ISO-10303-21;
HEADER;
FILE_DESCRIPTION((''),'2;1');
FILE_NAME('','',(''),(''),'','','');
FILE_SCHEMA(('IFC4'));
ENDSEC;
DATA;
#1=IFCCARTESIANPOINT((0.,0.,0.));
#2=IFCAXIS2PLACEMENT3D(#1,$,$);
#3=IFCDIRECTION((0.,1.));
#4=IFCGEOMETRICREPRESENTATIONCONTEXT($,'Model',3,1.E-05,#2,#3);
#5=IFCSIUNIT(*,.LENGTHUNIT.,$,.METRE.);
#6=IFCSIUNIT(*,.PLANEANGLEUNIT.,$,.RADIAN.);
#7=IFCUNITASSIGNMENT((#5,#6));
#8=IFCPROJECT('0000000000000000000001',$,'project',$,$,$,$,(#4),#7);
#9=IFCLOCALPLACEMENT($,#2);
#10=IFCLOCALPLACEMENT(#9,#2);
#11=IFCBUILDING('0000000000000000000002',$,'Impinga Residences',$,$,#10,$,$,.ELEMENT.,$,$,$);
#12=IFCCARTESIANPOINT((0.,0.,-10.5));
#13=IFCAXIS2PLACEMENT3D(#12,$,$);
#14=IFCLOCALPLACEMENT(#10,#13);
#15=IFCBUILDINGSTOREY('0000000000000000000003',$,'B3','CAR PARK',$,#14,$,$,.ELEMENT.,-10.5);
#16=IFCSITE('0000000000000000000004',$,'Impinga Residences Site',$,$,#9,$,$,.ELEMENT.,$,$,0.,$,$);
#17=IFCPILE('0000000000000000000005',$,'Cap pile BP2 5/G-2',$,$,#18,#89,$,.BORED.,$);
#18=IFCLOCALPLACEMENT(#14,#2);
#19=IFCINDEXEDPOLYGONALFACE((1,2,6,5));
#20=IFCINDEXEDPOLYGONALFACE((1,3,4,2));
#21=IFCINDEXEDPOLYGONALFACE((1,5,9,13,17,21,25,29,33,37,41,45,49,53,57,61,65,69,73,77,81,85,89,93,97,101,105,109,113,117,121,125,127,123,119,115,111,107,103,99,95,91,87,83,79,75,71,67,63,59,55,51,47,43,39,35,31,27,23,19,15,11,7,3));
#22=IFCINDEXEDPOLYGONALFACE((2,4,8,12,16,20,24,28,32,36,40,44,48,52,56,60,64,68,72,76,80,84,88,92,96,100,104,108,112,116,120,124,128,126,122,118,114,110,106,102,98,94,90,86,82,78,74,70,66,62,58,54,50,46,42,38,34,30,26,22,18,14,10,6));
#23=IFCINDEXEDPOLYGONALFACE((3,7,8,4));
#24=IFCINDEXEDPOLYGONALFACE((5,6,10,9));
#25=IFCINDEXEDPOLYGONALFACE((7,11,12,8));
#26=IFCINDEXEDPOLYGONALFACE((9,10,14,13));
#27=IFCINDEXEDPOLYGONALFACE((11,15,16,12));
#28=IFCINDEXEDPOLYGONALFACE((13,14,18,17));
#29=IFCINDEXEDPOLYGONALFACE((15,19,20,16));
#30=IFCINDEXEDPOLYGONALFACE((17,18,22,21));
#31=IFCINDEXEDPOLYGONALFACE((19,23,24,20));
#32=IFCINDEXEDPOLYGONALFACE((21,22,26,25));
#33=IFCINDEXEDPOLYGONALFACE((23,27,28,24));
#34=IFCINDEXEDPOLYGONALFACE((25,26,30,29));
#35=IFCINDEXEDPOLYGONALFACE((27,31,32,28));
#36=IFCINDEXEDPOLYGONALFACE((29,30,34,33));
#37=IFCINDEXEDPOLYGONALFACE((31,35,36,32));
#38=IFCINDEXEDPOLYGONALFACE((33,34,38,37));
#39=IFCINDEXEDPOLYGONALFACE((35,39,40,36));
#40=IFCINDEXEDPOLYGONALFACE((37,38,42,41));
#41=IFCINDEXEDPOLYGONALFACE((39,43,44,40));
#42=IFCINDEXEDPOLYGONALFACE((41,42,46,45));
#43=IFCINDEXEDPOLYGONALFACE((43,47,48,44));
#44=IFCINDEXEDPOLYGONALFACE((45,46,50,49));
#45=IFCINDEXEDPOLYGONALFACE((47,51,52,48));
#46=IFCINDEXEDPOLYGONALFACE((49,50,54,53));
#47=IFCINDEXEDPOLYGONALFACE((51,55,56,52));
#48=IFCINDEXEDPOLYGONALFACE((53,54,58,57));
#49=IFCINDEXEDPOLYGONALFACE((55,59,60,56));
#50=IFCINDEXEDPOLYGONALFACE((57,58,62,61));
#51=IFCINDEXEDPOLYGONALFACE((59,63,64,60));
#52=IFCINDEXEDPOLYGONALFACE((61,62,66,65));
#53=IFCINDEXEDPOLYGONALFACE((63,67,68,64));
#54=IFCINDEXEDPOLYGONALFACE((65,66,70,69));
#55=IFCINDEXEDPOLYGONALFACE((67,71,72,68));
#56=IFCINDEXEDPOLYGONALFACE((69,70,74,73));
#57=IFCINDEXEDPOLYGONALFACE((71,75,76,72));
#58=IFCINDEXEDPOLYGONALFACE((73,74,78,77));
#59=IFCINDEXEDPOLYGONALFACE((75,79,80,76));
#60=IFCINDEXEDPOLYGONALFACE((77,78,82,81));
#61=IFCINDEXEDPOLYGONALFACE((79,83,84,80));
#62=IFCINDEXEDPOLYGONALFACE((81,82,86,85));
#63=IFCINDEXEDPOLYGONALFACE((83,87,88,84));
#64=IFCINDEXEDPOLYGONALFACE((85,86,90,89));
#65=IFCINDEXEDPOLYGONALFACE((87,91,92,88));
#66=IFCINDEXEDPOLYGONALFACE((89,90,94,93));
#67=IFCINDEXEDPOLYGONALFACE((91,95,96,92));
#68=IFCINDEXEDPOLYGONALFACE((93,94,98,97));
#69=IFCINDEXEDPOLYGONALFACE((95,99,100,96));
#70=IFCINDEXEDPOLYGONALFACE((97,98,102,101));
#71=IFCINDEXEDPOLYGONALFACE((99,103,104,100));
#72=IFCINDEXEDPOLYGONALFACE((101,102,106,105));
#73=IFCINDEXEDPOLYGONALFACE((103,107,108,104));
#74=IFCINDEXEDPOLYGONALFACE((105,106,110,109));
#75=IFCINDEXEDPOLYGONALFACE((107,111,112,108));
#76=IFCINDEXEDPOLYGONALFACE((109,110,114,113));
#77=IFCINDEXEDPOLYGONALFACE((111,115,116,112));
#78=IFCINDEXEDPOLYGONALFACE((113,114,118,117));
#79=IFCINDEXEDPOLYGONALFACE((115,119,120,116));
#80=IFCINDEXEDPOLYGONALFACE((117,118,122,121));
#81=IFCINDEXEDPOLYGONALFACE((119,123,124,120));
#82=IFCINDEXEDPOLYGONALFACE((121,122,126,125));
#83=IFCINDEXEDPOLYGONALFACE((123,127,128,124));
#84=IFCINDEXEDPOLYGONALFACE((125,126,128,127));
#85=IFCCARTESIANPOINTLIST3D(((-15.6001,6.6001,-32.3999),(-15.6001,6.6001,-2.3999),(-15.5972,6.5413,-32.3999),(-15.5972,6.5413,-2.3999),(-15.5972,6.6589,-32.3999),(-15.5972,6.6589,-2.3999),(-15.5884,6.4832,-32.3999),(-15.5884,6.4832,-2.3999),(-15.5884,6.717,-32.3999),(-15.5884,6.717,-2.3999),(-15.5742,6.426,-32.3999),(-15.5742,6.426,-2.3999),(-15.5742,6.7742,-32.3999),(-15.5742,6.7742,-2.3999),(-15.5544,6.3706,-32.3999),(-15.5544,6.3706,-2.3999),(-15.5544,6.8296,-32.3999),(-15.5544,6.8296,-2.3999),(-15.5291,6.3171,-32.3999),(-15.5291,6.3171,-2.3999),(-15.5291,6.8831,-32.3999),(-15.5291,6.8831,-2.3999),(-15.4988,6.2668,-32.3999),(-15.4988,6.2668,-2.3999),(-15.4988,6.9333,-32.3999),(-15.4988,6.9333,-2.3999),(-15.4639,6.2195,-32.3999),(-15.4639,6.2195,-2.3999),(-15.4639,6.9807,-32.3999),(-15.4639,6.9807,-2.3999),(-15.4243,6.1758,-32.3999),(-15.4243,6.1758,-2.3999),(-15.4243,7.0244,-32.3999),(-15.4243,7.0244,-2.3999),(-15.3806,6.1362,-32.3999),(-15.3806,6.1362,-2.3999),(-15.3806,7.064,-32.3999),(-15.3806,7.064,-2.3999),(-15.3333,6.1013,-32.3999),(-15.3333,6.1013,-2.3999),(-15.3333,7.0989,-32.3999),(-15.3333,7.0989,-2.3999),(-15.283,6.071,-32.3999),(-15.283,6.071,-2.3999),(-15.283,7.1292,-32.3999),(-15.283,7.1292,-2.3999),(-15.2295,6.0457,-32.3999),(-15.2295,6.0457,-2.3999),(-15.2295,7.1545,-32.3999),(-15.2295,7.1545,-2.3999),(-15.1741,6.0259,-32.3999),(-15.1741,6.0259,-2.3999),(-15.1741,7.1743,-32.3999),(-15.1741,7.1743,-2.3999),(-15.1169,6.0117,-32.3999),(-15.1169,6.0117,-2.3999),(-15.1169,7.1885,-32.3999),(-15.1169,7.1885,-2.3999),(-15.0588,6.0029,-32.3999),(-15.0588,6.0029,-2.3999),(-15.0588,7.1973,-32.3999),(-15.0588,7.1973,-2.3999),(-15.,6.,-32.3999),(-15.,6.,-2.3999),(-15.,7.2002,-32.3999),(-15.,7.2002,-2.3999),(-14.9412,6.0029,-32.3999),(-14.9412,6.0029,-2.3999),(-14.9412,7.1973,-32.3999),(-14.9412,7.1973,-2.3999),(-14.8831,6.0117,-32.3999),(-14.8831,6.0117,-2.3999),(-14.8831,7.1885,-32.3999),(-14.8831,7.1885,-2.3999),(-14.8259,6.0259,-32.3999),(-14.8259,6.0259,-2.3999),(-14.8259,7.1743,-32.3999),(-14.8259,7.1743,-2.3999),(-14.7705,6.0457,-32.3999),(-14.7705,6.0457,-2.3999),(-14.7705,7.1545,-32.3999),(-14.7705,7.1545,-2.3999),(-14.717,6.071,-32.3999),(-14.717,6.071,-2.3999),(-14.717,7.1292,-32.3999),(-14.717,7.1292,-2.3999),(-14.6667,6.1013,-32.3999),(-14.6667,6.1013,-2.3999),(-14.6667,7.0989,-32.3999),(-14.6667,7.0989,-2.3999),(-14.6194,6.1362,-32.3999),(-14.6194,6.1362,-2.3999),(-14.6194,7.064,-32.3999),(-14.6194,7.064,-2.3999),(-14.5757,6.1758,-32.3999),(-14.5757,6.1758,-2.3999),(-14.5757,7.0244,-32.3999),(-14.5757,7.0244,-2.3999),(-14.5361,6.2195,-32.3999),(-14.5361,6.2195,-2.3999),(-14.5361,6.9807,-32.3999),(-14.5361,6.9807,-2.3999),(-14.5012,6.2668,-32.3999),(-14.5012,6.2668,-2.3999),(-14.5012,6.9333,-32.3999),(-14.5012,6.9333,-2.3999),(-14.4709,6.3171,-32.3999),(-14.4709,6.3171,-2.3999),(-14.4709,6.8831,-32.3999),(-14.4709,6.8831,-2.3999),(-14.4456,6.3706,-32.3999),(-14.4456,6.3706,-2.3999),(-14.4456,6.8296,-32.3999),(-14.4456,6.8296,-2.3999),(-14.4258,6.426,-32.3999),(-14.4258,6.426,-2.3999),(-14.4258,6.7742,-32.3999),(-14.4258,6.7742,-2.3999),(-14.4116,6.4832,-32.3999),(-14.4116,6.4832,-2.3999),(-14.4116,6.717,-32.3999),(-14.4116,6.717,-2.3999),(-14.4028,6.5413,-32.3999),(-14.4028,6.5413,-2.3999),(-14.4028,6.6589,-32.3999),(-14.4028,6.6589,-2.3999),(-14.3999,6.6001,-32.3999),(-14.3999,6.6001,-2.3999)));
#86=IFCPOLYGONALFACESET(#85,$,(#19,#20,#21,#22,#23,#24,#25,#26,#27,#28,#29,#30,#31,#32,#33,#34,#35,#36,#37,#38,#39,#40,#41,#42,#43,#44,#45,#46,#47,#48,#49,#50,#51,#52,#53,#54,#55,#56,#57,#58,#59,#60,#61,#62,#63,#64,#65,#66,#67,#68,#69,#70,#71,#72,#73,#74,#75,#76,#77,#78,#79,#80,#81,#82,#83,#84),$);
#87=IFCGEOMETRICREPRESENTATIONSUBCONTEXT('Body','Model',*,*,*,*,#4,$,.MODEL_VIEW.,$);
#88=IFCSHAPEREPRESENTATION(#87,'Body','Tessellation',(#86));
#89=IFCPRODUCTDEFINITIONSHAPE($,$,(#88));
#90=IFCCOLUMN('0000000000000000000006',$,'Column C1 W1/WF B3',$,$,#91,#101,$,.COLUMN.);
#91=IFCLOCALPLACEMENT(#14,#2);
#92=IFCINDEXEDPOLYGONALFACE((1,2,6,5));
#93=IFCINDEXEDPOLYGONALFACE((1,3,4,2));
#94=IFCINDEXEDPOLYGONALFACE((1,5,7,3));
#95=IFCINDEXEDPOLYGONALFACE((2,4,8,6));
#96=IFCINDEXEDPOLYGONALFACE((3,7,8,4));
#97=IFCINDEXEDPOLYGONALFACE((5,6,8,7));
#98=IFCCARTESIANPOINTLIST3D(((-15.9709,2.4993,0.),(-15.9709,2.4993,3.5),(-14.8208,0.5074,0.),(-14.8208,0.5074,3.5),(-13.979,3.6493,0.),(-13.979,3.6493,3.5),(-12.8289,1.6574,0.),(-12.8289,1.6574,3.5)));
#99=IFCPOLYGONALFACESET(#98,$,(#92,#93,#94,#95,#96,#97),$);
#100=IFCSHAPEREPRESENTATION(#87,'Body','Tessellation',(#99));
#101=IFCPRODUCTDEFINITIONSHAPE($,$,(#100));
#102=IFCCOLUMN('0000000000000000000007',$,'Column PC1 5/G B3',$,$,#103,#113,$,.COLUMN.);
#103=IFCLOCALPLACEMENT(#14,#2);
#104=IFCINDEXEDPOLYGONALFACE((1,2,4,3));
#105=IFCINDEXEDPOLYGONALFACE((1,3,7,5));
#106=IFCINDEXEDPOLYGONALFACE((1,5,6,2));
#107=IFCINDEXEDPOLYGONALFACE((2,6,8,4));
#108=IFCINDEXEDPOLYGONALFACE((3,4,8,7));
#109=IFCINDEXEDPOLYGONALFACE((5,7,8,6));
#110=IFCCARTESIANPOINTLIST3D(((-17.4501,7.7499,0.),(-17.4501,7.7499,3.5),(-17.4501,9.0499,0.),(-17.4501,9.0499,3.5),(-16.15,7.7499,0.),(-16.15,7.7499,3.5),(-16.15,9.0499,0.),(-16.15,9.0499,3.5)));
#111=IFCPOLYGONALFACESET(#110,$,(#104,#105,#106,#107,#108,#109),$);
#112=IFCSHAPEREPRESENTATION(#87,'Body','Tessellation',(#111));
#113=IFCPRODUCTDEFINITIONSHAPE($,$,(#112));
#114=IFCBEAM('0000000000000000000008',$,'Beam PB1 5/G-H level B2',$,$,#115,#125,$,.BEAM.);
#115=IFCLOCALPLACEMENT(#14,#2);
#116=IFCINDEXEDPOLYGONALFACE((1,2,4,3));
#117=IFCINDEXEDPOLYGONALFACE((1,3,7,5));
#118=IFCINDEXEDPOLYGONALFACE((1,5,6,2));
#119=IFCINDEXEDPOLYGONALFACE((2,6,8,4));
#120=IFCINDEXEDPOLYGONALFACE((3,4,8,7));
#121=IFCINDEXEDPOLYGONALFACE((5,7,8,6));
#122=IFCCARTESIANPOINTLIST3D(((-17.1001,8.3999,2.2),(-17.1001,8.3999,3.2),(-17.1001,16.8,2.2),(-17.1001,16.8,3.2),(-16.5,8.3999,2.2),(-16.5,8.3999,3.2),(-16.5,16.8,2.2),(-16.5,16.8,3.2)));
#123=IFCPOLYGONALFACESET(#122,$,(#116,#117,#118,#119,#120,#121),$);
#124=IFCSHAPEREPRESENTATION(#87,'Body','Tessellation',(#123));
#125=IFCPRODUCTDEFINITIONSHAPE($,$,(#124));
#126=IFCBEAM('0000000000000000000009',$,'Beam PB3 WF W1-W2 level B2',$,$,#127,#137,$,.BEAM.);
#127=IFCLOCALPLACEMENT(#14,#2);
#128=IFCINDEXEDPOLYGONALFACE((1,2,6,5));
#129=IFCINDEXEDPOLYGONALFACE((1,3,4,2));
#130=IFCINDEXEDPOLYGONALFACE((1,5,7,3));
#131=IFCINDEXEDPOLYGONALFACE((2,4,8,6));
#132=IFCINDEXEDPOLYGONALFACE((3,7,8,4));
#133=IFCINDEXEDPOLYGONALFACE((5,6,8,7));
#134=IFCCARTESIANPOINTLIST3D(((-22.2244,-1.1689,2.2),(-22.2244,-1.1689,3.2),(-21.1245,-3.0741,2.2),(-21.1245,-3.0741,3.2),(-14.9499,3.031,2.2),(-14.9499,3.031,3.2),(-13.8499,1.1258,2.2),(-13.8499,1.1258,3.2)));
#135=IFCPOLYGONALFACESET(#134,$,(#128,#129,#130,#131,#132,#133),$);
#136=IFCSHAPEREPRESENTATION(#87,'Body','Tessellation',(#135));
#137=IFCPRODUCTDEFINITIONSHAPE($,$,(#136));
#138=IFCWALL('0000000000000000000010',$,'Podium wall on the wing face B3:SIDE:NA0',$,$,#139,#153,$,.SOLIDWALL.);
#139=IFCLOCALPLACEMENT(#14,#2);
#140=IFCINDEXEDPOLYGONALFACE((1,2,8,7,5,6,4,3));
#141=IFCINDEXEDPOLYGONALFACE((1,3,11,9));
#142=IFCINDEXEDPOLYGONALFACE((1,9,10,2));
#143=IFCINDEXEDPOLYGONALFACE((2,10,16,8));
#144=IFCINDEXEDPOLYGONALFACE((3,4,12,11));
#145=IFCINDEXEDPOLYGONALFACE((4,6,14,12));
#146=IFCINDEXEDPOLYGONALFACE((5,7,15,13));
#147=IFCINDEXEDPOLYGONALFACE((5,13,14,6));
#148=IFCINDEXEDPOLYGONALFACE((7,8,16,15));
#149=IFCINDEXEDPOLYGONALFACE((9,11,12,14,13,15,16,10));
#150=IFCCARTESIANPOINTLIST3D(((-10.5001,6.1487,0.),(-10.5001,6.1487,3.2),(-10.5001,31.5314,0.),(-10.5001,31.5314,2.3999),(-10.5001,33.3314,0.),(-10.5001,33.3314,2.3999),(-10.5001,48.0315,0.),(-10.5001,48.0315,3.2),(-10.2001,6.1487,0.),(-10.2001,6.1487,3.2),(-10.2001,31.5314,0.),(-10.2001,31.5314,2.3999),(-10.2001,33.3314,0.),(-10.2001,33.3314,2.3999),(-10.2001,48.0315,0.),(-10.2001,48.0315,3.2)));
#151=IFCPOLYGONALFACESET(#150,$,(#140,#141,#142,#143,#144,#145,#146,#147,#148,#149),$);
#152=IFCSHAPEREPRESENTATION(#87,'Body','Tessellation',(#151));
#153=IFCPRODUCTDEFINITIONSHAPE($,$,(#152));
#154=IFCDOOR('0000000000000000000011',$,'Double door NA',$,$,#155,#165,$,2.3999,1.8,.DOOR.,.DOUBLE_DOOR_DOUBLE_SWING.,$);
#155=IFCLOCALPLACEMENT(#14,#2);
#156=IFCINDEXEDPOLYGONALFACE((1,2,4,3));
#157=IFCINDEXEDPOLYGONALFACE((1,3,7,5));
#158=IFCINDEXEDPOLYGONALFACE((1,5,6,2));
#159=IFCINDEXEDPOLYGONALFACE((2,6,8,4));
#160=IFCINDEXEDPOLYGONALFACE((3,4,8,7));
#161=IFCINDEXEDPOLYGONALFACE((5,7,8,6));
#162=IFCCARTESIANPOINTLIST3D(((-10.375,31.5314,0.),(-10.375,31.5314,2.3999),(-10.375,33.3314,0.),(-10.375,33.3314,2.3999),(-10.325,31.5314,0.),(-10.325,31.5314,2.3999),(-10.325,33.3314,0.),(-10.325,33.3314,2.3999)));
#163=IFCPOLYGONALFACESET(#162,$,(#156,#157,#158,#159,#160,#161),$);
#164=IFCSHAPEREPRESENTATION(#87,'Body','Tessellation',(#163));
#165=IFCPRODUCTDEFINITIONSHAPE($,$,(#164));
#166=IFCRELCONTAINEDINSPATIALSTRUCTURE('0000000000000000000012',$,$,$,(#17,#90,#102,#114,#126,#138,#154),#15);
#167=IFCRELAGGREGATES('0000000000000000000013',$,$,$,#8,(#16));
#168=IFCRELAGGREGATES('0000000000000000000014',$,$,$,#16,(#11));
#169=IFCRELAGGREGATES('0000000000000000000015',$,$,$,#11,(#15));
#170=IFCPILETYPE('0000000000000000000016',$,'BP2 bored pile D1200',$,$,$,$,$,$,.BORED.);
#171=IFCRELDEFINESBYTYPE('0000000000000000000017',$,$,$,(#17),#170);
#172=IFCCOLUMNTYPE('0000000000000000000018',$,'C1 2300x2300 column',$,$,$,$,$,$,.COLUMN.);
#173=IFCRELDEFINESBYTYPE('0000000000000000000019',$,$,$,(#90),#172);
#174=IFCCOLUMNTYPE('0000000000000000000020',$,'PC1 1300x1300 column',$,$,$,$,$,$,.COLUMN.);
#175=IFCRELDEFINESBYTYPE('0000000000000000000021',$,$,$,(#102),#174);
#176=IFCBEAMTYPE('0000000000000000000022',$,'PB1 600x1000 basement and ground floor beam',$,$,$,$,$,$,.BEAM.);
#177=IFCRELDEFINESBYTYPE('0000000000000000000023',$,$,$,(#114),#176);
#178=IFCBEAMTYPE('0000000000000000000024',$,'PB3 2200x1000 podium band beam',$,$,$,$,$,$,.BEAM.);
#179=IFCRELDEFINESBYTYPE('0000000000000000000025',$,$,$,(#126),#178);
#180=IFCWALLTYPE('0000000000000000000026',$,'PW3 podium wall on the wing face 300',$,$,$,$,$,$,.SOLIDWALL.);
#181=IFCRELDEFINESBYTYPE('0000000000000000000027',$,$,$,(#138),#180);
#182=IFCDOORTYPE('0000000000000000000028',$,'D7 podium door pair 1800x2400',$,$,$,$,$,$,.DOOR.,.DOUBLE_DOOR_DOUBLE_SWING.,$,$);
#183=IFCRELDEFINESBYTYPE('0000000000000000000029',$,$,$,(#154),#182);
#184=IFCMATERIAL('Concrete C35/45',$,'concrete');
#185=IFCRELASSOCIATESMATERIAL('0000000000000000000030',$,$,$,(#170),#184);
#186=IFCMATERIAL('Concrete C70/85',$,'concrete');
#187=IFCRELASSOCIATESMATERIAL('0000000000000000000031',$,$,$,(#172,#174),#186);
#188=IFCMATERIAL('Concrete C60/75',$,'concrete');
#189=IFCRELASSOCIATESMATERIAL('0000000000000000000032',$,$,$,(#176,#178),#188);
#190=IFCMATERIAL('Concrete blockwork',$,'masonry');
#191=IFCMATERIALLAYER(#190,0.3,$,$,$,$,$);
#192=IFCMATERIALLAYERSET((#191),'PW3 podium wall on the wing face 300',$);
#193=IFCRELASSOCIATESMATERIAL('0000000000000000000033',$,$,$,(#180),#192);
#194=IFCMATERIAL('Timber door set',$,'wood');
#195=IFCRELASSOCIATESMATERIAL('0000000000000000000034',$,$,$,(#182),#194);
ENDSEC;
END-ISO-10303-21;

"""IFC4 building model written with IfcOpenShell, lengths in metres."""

from ifc_helpers import new_model, si_unit, direction, frame, frame_2d, origin, origin_2d, place, context, subcontext, project, spatial, polyline, rectangle, circle, outline, extrude, material, layer, layer_set, material_profile, profile_set, type_object, element, fill, save


model = new_model("IFC4")

# Units and contexts
model_context = context("Model", 3, precision=1e-05, world=origin(), true_north=direction((0.0, 1.0)))
body_context = subcontext(model_context, "Body", "Model", "MODEL_VIEW")
ifc_project = project(units=[si_unit("LENGTHUNIT", "METRE"), si_unit("PLANEANGLEUNIT", "RADIAN")], contexts=[model_context])

# Site, building, storey
site_placement = place(None, origin())
site = spatial("IfcSite", under=ifc_project, at=site_placement, Name="Impinga Residences Site", CompositionType="ELEMENT", RefElevation=0.0)
building_placement = place(site_placement, origin())
building = spatial("IfcBuilding", under=site, at=building_placement, Name="Impinga Residences", CompositionType="ELEMENT")
storey_placement = place(building_placement, frame((0.0, 0.0, -10.5)))
storey = spatial("IfcBuildingStorey", under=building, at=storey_placement, Name="B3", Description="CAR PARK", CompositionType="ELEMENT", Elevation=-10.5)

# Pile
ifc_material_1 = material(Name="Concrete C35/45", Category="concrete")
ifc_material_profile_1 = material_profile(ifc_material_1, circle(Radius=0.6001, at=origin_2d()), Name="D1200")
ifc_profile_set_1 = profile_set([ifc_material_profile_1], Name="Concrete C35/45")
pile_type_1 = type_object("IfcPileType", Name="BP2 bored pile D1200", PredefinedType="BORED", material=ifc_profile_set_1)
pile_1_placement = place(storey_placement, frame((-15.0, 6.6001, -2.3999), z_axis=(0.0, 0.0, -1.0), x_axis=(1.0, 0.0, 0.0)))
element("IfcPile", 1, at=pile_1_placement, inside=storey, type_object=pile_type_1, Name="Cap pile BP2 5/G-2", PredefinedType="BORED", context=body_context, shape_type="SweptSolid", body=[
    extrude(outline(polyline([(0.6001, 0.0), (0.5972, 0.0588), (0.5884, 0.1169), (0.5742, 0.1741), (0.5544, 0.2295), (0.5291, 0.283), (0.4988, 0.3333), (0.4639, 0.3806), (0.4243, 0.4243), (0.3806, 0.4639), (0.3333, 0.4988), (0.283, 0.5291), (0.2295, 0.5544), (0.1741, 0.5742), (0.1169, 0.5884), (0.0588, 0.5972), (0.0, 0.6001), (-0.0588, 0.5972), (-0.1169, 0.5884), (-0.1741, 0.5742), (-0.2295, 0.5544), (-0.283, 0.5291), (-0.3333, 0.4988), (-0.3806, 0.4639), (-0.4243, 0.4243), (-0.4639, 0.3806), (-0.4988, 0.3333), (-0.5291, 0.283), (-0.5544, 0.2295), (-0.5742, 0.1741), (-0.5884, 0.1169), (-0.5972, 0.0588), (-0.6001, 0.0), (-0.5972, -0.0588), (-0.5884, -0.1169), (-0.5742, -0.1741), (-0.5544, -0.2295), (-0.5291, -0.283), (-0.4988, -0.3333), (-0.4639, -0.3806), (-0.4243, -0.4243), (-0.3806, -0.4639), (-0.3333, -0.4988), (-0.283, -0.5291), (-0.2295, -0.5544), (-0.1741, -0.5742), (-0.1169, -0.5884), (-0.0588, -0.5972), (0.0, -0.6001), (0.0588, -0.5972), (0.1169, -0.5884), (0.1741, -0.5742), (0.2295, -0.5544), (0.283, -0.5291), (0.3333, -0.4988), (0.3806, -0.4639), (0.4243, -0.4243), (0.4639, -0.3806), (0.4988, -0.3333), (0.5291, -0.283), (0.5544, -0.2295), (0.5742, -0.1741), (0.5884, -0.1169), (0.5972, -0.0588), (0.6001, 0.0)])), origin(), (0.0, 0.0, 1.0), 30.0),
])

# Columns
ifc_material_2 = material(Name="Concrete C70/85", Category="concrete")
ifc_material_profile_2 = material_profile(ifc_material_2, rectangle(XDim=2.3, YDim=2.3, at=origin_2d()), Name="RC 2300x2300")
ifc_profile_set_2 = profile_set([ifc_material_profile_2], Name="Concrete C70/85")
column_type_1 = type_object("IfcColumnType", Name="C1 2300x2300 column", PredefinedType="COLUMN", material=ifc_profile_set_2)
column_1_placement = place(storey_placement, frame((-14.3999, 2.0784, 0.0), z_axis=(0.0, 0.0, 1.0), x_axis=(-0.5, 0.866025, 0.0)))
element("IfcColumn", 2, at=column_1_placement, inside=storey, type_object=column_type_1, Name="Column C1 W1/WF B3", PredefinedType="COLUMN", context=body_context, shape_type="SweptSolid", body=[
    extrude(rectangle(XDim=2.3, YDim=2.3, at=origin_2d()), origin(), (0.0, 0.0, 1.0), 3.5),
])
ifc_material_profile_3 = material_profile(ifc_material_2, rectangle(XDim=1.3, YDim=1.3, at=origin_2d()), Name="RC 1300x1300")
ifc_profile_set_3 = profile_set([ifc_material_profile_3], Name="Concrete C70/85")
column_type_2 = type_object("IfcColumnType", Name="PC1 1300x1300 column", PredefinedType="COLUMN", material=ifc_profile_set_3)
column_2_placement = place(storey_placement, frame((-16.8, 8.3999, 0.0), z_axis=(0.0, 0.0, 1.0), x_axis=(1.0, 0.0, 0.0)))
element("IfcColumn", 3, at=column_2_placement, inside=storey, type_object=column_type_2, Name="Column PC1 5/G B3", PredefinedType="COLUMN", context=body_context, shape_type="SweptSolid", body=[
    extrude(rectangle(XDim=1.3, YDim=1.3, at=origin_2d()), origin(), (0.0, 0.0, 1.0), 3.5),
])

# Beams
ifc_material_3 = material(Name="Concrete C60/75", Category="concrete")
ifc_material_profile_4 = material_profile(ifc_material_3, rectangle(XDim=0.6001, YDim=1.0, at=origin_2d()), Name="RC 600x1000")
ifc_profile_set_4 = profile_set([ifc_material_profile_4], Name="Concrete C60/75")
beam_type_1 = type_object("IfcBeamType", Name="PB1 600x1000 basement and ground floor beam", PredefinedType="BEAM", material=ifc_profile_set_4)
beam_1_placement = place(storey_placement, frame((-16.8, 8.3999, 2.7), z_axis=(0.0, 1.0, 0.0), x_axis=(-1.0, 0.0, 0.0)))
element("IfcBeam", 4, at=beam_1_placement, inside=storey, type_object=beam_type_1, Name="Beam PB1 5/G-H level B2", PredefinedType="BEAM", context=body_context, shape_type="SweptSolid", body=[
    extrude(rectangle(XDim=0.6001, YDim=1.0, at=origin_2d()), origin(), (0.0, 0.0, 1.0), 8.4001),
])
ifc_material_profile_5 = material_profile(ifc_material_3, rectangle(XDim=2.2, YDim=1.0, at=origin_2d()), Name="RC 2200x1000")
ifc_profile_set_5 = profile_set([ifc_material_profile_5], Name="Concrete C60/75")
beam_type_2 = type_object("IfcBeamType", Name="PB3 2200x1000 podium band beam", PredefinedType="BEAM", material=ifc_profile_set_5)
beam_2_placement = place(storey_placement, frame((-14.3999, 2.0784, 2.7), z_axis=(-0.866029, -0.499993, 0.0), x_axis=(0.499993, -0.866029, 0.0)))
element("IfcBeam", 5, at=beam_2_placement, inside=storey, type_object=beam_type_2, Name="Beam PB3 WF W1-W2 level B2", PredefinedType="BEAM", context=body_context, shape_type="SweptSolid", body=[
    extrude(rectangle(XDim=2.2, YDim=1.0, at=origin_2d()), origin(), (0.0, 0.0, 1.0), 8.3999),
])

# Wall, opening, door
ifc_material_4 = material(Name="Concrete blockwork", Category="masonry")
ifc_layer_1 = layer(ifc_material_4, 0.3)
ifc_layer_set_1 = layer_set([ifc_layer_1], Name="PW3 podium wall on the wing face 300")
wall_type_1 = type_object("IfcWallType", Name="PW3 podium wall on the wing face 300", PredefinedType="SOLIDWALL", material=ifc_layer_set_1)
wall_1_placement = place(storey_placement, frame((-10.3501, 6.1487, 0.0), z_axis=(0.0, 0.0, 1.0), x_axis=(0.0, 1.0, 0.0)))
wall_1 = element("IfcWall", 6, at=wall_1_placement, inside=storey, type_object=wall_type_1, Name="Podium wall on the wing face B3:SIDE:NA0", PredefinedType="SOLIDWALL", context=body_context, shape_type="SweptSolid", body=[
    extrude(rectangle(XDim=41.8828, YDim=0.3, at=frame_2d((20.9414, 0.0))), origin(), (0.0, 0.0, 1.0), 3.2),
])
opening_1_placement = place(wall_1_placement, frame((25.3828, 0.0, 0.0)))
opening_1 = element("IfcOpeningElement", 7, at=opening_1_placement, cuts=wall_1, PredefinedType="OPENING", context=body_context, shape_type="SweptSolid", body=[
    extrude(rectangle(XDim=1.8, YDim=2.3999, at=frame_2d((0.8999, 1.2))), frame((0.0, 0.1599, 0.0), z_axis=(0.0, -1.0, 0.0), x_axis=(1.0, 0.0, 0.0)), (0.0, 0.0, 1.0), 0.3201),
])
ifc_material_5 = material(Name="Timber door set", Category="wood")
door_type_1 = type_object("IfcDoorType", Name="D7 podium door pair 1800x2400", OperationType="DOUBLE_DOOR_DOUBLE_SWING", PredefinedType="DOOR", material=ifc_material_5)
door_1_placement = place(opening_1_placement, origin())
door_1 = element("IfcDoor", 8, at=door_1_placement, inside=storey, type_object=door_type_1, Name="Double door NA", OperationType="DOUBLE_DOOR_DOUBLE_SWING", OverallHeight=2.3999, OverallWidth=1.8, PredefinedType="DOOR", context=body_context, shape_type="SweptSolid", body=[
    extrude(rectangle(XDim=1.8, YDim=2.3999, at=frame_2d((0.8999, 1.2))), frame((0.0, 0.0249, 0.0), z_axis=(0.0, -1.0, 0.0), x_axis=(1.0, 0.0, 0.0)), (0.0, 0.0, 1.0), 0.05),
])
fill(opening_1, door_1)

save(model, "model.ifc")
